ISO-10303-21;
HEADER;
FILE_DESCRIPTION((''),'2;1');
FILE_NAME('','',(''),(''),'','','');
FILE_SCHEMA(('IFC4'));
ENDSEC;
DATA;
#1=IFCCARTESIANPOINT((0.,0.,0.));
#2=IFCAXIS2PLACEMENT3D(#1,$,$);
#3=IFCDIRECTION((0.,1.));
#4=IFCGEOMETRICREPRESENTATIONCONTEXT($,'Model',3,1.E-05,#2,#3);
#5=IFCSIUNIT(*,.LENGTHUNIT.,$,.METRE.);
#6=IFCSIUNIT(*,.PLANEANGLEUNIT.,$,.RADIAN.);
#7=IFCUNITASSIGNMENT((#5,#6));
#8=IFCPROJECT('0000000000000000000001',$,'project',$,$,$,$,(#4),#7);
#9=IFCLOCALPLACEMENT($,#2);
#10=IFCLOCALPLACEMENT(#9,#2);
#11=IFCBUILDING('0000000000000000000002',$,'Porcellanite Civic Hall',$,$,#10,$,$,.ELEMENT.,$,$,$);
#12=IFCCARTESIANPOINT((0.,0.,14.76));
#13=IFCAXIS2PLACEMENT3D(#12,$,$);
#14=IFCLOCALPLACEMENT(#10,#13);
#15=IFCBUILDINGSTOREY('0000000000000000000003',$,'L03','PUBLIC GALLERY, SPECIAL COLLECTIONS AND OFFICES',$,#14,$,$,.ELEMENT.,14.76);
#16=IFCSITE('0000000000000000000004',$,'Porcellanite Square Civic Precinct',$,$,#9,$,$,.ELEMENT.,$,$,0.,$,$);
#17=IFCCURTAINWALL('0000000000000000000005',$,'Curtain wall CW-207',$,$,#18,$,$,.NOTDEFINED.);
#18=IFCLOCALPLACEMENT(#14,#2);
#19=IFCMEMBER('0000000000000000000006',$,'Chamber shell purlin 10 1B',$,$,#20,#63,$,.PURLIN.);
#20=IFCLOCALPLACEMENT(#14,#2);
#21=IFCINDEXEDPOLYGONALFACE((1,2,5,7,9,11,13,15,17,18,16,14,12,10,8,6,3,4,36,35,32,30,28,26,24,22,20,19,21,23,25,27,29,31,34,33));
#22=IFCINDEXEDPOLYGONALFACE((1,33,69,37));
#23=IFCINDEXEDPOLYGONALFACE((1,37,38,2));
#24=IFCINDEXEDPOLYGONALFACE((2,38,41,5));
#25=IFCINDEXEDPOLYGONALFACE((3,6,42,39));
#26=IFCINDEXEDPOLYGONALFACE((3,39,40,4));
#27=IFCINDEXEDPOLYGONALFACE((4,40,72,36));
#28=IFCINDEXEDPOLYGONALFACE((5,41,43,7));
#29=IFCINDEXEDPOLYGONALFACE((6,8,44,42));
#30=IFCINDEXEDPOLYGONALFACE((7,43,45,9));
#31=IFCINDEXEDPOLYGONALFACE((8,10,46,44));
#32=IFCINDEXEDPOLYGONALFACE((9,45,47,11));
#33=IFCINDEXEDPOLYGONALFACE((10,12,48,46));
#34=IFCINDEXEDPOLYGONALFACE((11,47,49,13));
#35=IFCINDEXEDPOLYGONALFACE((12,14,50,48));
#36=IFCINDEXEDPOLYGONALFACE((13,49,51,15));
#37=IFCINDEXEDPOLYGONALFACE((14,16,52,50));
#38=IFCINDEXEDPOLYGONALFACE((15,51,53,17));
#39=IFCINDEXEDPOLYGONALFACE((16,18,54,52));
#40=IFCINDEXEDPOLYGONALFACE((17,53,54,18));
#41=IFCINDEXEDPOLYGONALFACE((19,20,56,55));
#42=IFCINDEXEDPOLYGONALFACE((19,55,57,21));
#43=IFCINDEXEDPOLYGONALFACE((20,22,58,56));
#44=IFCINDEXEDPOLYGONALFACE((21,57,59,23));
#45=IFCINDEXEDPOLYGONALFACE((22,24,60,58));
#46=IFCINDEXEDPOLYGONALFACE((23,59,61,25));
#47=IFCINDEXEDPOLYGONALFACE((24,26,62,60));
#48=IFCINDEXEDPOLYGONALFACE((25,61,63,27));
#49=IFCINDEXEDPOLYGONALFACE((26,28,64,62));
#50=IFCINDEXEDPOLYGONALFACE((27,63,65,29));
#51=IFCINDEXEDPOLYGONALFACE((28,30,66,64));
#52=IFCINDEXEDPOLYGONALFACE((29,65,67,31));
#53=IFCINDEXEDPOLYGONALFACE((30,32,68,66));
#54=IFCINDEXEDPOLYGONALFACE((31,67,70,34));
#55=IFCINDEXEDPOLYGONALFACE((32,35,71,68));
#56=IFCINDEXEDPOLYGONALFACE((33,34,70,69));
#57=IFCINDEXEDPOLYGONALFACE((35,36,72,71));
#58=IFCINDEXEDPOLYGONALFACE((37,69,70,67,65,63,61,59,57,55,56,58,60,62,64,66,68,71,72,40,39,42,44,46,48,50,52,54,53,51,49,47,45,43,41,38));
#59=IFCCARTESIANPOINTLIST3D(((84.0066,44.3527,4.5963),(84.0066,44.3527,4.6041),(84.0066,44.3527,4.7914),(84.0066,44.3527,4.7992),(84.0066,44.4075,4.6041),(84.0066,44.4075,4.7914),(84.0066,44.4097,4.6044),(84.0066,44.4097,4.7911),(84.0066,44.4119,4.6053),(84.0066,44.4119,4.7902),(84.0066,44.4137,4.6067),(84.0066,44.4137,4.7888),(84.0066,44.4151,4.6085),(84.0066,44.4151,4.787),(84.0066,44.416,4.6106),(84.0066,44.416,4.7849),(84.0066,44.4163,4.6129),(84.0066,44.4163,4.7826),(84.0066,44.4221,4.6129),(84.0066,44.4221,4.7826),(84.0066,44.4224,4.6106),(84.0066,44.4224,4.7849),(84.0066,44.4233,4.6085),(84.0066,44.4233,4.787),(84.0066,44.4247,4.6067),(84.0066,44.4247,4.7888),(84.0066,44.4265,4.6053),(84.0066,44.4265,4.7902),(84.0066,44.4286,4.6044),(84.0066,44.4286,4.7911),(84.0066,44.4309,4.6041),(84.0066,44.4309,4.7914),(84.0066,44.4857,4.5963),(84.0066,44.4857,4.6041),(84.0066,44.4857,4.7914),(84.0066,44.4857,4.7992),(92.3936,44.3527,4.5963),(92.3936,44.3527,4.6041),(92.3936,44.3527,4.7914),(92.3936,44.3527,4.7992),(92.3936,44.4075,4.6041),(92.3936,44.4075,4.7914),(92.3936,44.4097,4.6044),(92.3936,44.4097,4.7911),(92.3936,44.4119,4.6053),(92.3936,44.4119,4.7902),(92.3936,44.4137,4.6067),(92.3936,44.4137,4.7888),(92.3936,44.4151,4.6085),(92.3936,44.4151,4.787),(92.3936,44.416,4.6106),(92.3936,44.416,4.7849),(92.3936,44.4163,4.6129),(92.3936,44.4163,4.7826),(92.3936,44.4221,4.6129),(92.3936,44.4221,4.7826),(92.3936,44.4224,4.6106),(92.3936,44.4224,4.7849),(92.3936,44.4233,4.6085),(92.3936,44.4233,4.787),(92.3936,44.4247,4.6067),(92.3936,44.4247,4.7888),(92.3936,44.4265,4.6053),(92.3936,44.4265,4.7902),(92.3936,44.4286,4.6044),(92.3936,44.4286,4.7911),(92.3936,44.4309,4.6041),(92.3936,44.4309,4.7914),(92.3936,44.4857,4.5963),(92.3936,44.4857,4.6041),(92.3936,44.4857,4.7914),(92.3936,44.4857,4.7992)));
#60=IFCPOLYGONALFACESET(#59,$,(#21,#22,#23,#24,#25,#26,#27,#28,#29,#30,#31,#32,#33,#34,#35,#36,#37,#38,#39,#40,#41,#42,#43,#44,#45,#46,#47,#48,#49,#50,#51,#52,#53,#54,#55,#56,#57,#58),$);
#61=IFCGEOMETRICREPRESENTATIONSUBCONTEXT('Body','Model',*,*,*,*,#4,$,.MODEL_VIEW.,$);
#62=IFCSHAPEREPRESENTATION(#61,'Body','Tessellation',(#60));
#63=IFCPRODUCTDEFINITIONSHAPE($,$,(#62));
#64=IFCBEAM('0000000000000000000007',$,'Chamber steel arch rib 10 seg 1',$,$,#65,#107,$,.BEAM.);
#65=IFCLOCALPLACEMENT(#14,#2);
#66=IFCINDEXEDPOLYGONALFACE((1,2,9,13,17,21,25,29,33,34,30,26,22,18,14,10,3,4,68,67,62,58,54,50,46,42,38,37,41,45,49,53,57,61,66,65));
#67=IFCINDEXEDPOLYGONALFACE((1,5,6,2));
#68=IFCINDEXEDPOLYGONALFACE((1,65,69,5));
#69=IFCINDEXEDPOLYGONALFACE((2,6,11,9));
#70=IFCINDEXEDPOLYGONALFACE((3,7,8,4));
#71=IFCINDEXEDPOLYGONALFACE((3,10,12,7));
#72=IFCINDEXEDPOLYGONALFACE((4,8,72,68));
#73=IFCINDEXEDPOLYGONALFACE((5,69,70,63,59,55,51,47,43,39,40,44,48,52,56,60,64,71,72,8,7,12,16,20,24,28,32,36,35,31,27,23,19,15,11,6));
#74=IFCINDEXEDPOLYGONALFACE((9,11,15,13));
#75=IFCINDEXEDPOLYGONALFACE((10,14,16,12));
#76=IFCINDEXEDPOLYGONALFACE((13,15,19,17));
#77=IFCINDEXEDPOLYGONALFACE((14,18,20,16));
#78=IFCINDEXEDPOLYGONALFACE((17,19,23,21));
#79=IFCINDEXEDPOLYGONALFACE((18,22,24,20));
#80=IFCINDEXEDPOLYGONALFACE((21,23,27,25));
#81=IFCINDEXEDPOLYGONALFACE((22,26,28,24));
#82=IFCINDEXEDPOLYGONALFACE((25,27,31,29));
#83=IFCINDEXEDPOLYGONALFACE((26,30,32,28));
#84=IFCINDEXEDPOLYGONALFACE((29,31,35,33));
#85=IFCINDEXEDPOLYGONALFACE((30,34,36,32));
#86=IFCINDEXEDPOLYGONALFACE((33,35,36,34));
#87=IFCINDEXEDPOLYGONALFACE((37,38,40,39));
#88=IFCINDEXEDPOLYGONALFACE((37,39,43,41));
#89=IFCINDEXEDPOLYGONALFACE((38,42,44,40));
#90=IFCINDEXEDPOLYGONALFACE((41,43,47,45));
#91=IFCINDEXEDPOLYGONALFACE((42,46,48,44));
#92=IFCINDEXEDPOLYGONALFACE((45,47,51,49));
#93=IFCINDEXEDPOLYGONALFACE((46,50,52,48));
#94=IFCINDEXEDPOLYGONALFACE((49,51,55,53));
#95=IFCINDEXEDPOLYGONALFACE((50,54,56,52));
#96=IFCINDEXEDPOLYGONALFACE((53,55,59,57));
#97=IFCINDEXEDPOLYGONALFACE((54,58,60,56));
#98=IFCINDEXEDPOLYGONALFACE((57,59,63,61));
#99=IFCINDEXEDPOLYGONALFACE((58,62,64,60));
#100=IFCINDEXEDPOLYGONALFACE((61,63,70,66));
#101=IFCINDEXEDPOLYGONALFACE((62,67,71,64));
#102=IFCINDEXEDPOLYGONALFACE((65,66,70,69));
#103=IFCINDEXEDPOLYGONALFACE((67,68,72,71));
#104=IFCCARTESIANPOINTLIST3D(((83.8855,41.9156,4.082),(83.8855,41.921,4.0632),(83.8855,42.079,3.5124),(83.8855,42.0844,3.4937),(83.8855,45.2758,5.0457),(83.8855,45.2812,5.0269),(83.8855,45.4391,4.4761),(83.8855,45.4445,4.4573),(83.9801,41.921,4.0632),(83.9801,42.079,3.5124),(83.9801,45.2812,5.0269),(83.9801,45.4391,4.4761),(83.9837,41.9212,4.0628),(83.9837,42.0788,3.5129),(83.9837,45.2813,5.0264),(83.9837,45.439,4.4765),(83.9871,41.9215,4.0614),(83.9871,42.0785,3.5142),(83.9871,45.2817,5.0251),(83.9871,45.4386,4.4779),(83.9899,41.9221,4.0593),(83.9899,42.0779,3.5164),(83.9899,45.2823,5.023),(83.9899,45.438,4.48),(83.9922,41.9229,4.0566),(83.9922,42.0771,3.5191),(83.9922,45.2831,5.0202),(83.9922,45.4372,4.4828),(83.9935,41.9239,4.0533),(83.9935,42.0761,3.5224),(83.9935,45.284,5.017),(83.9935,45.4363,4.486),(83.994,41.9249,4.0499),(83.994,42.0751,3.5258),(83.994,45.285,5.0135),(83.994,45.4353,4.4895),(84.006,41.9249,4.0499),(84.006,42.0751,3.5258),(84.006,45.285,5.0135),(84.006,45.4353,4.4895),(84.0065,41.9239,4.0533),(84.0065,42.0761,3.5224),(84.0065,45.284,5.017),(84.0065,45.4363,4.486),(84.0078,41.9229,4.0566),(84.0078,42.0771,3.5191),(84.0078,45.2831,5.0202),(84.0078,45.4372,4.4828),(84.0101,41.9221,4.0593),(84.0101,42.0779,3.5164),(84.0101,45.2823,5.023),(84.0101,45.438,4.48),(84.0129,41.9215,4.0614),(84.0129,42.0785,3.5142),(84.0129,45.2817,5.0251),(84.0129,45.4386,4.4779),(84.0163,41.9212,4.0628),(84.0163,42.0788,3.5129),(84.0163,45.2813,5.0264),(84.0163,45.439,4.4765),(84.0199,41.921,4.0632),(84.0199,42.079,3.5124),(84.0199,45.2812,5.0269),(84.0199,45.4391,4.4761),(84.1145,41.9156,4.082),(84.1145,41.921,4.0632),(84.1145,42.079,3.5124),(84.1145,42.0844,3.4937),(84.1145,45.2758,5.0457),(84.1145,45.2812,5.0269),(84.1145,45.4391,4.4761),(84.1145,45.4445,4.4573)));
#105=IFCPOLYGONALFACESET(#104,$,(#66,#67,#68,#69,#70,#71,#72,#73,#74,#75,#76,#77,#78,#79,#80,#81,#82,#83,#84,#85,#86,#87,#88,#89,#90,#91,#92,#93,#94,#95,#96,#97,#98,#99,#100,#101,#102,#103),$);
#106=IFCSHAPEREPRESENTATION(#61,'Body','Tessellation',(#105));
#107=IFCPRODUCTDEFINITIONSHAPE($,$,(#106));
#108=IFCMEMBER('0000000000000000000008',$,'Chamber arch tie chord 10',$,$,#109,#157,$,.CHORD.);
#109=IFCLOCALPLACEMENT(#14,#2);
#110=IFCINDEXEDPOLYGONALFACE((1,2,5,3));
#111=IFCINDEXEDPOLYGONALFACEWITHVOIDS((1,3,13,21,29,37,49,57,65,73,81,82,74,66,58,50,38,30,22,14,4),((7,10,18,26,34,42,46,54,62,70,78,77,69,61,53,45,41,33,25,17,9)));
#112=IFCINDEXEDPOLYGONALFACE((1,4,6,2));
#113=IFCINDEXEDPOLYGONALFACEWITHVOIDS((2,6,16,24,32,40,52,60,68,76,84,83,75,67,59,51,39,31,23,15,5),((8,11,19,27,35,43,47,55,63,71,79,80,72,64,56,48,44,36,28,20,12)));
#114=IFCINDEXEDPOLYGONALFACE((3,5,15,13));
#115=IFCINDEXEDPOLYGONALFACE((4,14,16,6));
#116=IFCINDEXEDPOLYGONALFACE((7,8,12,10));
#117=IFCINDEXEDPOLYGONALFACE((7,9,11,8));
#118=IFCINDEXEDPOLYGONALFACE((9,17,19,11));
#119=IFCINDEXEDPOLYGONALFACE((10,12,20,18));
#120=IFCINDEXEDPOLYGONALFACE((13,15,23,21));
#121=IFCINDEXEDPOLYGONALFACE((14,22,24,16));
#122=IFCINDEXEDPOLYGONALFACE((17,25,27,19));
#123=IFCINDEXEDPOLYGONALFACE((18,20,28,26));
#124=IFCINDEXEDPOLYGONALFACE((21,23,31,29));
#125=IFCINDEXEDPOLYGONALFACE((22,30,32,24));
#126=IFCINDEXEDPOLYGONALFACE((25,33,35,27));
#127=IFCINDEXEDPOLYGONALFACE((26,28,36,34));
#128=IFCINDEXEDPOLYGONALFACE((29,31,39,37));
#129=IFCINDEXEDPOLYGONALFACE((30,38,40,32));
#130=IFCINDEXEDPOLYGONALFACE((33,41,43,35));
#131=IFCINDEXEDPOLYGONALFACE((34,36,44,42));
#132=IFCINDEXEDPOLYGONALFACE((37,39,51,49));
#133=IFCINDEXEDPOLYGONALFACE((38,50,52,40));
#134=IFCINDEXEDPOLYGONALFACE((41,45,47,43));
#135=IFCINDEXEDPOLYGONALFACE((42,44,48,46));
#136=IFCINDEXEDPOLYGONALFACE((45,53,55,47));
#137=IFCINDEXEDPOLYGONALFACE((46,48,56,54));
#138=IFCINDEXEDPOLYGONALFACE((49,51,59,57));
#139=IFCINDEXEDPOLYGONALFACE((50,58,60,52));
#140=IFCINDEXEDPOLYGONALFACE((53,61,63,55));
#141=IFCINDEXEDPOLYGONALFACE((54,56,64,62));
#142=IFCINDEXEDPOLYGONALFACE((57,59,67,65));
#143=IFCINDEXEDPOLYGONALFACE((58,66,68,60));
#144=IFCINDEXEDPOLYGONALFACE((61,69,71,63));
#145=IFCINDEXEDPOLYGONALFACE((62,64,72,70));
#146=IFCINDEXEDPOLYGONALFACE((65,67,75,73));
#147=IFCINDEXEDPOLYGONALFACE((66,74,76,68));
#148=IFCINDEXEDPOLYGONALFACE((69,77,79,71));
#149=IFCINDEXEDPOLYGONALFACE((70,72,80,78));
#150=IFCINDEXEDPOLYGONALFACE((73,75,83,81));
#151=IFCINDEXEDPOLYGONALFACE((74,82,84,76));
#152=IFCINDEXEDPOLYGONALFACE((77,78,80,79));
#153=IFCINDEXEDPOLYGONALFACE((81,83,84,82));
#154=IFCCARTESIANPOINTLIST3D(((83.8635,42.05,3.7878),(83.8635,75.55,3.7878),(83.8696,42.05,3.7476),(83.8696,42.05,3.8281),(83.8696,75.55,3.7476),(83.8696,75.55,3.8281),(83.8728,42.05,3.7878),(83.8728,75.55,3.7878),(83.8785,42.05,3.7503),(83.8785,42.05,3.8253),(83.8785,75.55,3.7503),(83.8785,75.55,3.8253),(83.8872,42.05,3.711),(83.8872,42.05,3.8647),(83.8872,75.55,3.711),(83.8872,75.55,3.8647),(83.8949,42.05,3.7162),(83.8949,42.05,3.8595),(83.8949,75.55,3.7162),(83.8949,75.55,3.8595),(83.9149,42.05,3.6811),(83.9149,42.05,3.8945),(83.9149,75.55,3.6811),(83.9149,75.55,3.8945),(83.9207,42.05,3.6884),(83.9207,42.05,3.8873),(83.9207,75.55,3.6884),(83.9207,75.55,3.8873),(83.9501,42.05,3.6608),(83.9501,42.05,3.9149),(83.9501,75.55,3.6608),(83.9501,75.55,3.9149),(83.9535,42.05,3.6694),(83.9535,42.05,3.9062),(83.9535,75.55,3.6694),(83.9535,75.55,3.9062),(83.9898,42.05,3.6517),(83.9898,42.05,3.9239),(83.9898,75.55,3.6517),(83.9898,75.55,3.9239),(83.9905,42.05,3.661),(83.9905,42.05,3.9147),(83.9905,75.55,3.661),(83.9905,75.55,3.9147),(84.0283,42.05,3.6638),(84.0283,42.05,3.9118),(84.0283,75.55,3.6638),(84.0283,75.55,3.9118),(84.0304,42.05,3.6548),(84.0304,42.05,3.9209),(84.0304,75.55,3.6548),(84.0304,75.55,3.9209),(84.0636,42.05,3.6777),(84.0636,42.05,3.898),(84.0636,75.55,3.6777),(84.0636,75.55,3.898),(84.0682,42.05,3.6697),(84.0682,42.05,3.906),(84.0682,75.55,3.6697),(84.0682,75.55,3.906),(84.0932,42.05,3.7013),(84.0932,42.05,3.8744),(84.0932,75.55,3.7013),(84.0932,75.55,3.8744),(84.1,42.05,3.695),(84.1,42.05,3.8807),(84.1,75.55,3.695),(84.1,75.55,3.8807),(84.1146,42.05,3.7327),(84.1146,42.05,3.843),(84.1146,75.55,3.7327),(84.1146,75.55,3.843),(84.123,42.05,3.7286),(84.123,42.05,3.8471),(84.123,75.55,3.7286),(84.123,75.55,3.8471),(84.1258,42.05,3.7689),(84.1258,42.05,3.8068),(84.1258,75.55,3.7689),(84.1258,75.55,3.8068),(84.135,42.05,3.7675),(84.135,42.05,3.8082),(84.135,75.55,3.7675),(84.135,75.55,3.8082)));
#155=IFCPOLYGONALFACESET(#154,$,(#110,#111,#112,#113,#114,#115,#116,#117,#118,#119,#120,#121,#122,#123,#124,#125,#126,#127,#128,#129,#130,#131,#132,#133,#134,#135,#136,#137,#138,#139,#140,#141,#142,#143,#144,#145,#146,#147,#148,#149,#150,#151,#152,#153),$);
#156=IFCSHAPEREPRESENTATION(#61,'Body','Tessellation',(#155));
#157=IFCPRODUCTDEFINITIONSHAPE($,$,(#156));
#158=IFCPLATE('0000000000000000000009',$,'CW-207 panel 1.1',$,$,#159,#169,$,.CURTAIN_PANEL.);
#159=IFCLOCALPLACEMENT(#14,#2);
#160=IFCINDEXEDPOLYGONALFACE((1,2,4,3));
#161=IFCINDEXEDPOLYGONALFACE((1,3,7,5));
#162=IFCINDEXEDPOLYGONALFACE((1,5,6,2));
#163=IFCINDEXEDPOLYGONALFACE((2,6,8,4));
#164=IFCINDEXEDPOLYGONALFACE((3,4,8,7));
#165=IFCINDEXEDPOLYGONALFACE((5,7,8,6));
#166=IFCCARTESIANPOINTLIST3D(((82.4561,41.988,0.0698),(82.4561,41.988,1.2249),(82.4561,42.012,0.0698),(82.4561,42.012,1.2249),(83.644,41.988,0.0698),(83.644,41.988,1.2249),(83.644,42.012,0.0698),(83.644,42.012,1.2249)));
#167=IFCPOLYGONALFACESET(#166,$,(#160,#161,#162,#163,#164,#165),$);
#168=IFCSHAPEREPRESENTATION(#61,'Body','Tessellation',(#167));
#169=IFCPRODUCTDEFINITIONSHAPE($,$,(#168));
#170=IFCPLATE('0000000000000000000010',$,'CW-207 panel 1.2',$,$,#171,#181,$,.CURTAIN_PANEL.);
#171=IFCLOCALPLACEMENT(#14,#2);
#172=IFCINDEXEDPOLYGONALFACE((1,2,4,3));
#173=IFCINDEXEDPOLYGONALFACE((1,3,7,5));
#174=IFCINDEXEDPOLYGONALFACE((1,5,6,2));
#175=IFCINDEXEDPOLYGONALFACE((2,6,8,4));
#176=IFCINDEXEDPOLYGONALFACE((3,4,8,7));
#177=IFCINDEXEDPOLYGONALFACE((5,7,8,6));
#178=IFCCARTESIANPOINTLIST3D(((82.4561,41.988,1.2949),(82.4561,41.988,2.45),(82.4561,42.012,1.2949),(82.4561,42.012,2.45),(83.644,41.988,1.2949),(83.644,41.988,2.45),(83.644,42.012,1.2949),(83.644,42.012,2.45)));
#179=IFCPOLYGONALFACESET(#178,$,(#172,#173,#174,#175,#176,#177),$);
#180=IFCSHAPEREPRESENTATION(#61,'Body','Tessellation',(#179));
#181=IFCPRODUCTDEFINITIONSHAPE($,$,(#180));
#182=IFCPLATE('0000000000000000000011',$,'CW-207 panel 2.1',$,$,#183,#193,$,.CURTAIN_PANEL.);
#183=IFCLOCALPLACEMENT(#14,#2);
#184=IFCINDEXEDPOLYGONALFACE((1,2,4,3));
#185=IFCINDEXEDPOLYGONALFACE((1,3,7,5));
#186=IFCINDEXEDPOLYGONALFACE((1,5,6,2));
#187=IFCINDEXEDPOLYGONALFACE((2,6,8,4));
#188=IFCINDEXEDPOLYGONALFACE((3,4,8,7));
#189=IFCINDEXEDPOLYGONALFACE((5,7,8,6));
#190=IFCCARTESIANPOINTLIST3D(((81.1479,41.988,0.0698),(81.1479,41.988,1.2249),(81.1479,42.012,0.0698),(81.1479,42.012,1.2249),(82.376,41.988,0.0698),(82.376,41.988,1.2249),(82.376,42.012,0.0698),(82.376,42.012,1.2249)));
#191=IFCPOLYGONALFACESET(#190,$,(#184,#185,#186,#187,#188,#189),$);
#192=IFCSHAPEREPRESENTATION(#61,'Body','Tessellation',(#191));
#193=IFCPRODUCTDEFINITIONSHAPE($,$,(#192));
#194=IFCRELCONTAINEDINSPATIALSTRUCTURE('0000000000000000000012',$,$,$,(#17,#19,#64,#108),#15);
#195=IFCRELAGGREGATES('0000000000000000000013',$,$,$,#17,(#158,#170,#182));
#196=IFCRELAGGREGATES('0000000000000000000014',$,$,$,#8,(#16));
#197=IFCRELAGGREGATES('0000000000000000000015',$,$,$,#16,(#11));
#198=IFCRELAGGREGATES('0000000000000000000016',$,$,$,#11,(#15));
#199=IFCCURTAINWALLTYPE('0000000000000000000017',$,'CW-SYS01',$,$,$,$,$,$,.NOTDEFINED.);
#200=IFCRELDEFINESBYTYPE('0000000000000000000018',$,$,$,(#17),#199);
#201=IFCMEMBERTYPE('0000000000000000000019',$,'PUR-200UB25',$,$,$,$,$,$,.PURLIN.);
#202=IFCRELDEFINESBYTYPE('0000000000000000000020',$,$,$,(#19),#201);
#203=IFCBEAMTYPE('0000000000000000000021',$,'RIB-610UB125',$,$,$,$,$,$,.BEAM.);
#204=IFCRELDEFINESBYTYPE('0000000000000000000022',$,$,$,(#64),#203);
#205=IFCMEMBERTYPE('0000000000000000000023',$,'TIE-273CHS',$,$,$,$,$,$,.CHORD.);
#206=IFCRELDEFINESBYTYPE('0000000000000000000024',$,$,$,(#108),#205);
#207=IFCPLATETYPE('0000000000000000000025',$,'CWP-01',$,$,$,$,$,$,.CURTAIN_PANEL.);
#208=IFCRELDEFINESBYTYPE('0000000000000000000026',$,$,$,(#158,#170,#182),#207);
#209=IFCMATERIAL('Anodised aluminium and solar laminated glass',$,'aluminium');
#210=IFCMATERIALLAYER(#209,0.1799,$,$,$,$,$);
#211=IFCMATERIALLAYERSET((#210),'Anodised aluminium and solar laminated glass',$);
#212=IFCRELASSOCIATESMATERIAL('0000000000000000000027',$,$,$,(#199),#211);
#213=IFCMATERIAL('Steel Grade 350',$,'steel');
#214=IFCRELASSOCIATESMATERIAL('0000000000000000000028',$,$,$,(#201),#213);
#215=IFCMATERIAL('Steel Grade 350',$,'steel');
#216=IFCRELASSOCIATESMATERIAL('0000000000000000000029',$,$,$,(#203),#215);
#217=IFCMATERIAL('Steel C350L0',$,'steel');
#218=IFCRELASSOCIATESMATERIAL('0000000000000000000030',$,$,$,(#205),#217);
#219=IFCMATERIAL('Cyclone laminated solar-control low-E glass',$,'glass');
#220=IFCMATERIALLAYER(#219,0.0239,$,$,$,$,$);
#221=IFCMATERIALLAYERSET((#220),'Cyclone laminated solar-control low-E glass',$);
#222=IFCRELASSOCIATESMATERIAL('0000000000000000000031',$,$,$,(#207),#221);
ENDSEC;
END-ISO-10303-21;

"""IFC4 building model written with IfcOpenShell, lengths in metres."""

from ifc_helpers import new_model, si_unit, direction, frame, origin, origin_2d, place, context, subcontext, project, spatial, rectangle, hollow_circle, i_section, extrude, material, layer, layer_set, material_profile, profile_set, type_object, element, aggregate, save


model = new_model("IFC4")

# Units and contexts
model_context = context("Model", 3, precision=1e-05, world=origin(), true_north=direction((0.0, 1.0)))
body_context = subcontext(model_context, "Body", "Model", "MODEL_VIEW")
ifc_project = project(units=[si_unit("LENGTHUNIT", "METRE"), si_unit("PLANEANGLEUNIT", "RADIAN")], contexts=[model_context])

# Site, building, storey
site_placement = place(None, origin())
site = spatial("IfcSite", under=ifc_project, at=site_placement, Name="Porcellanite Square Civic Precinct", CompositionType="ELEMENT", RefElevation=0.0)
building_placement = place(site_placement, origin())
building = spatial("IfcBuilding", under=site, at=building_placement, Name="Porcellanite Civic Hall", CompositionType="ELEMENT")
storey_placement = place(building_placement, frame((0.0, 0.0, 14.76)))
storey = spatial("IfcBuildingStorey", under=building, at=storey_placement, Name="L03", Description="PUBLIC GALLERY, SPECIAL COLLECTIONS AND OFFICES", CompositionType="ELEMENT", Elevation=14.76)

# Curtain wall
ifc_material_1 = material(Name="Anodised aluminium and solar laminated glass", Category="aluminium")
ifc_layer_1 = layer(ifc_material_1, 0.1799)
ifc_layer_set_1 = layer_set([ifc_layer_1], Name="Anodised aluminium and solar laminated glass")
curtain_wall_type = type_object("IfcCurtainWallType", Name="CW-SYS01", PredefinedType="NOTDEFINED", material=ifc_layer_set_1)
curtain_wall_placement = place(storey_placement, origin())
curtain_wall = element("IfcCurtainWall", 1, at=curtain_wall_placement, inside=storey, type_object=curtain_wall_type, Name="Curtain wall CW-207", PredefinedType="NOTDEFINED")

# Member
ifc_material_2 = material(Name="Steel Grade 350", Category="steel")
ifc_material_profile_1 = material_profile(ifc_material_2, i_section(OverallWidth=0.1331, OverallDepth=0.2029, WebThickness=0.0059, FlangeThickness=0.0078, FilletRadius=0.0088, at=origin_2d()), Name="200UB25.4")
ifc_profile_set_1 = profile_set([ifc_material_profile_1], Name="Steel Grade 350")
member_type_1 = type_object("IfcMemberType", Name="PUR-200UB25", PredefinedType="PURLIN", material=ifc_profile_set_1)
for number, where, z_axis, x_axis, name in (
    (2, (84.0066, 44.4192, 4.6978), (1.0, 0.0, 0.0), (0.0, 1.0, 0.0), "Chamber shell purlin 10 1B"),
):
    element("IfcMember", number, at=place(storey_placement, frame(where, z_axis=z_axis, x_axis=x_axis)), inside=storey, type_object=member_type_1, Name=name, PredefinedType="PURLIN", context=body_context, shape_type="SweptSolid", body=[
        extrude(i_section(OverallWidth=0.1331, OverallDepth=0.2029, WebThickness=0.0059, FlangeThickness=0.0078, FilletRadius=0.0088, at=origin_2d()), origin(), (0.0, 0.0, 1.0), 8.387),
    ])

# Beam
ifc_material_3 = material(Name="Steel Grade 350", Category="steel")
ifc_material_profile_2 = material_profile(ifc_material_3, i_section(OverallWidth=0.229, OverallDepth=0.6121, WebThickness=0.012, FlangeThickness=0.0195, FilletRadius=0.0139, at=origin_2d()), Name="610UB125")
ifc_profile_set_2 = profile_set([ifc_material_profile_2], Name="Steel Grade 350")
beam_type_1 = type_object("IfcBeamType", Name="RIB-610UB125", PredefinedType="BEAM", material=ifc_profile_set_2)
beam_1_placement = place(storey_placement, frame((84.0, 42.0, 3.7878), z_axis=(0.0, 0.961252, 0.275671), x_axis=(-1.0, 0.0, 0.0)))
element("IfcBeam", 3, at=beam_1_placement, inside=storey, type_object=beam_type_1, Name="Chamber steel arch rib 10 seg 1", PredefinedType="BEAM", context=body_context, shape_type="SweptSolid", body=[
    extrude(i_section(OverallWidth=0.229, OverallDepth=0.6121, WebThickness=0.012, FlangeThickness=0.0195, FilletRadius=0.0139, at=origin_2d()), origin(), (0.0, 0.0, 1.0), 3.4956),
])

# Member
ifc_material_4 = material(Name="Steel C350L0", Category="steel")
ifc_material_profile_3 = material_profile(ifc_material_4, hollow_circle(Radius=0.1365, WallThickness=0.0093, at=origin_2d()), Name="273.1x9.3CHS")
ifc_profile_set_3 = profile_set([ifc_material_profile_3], Name="Steel C350L0")
member_type_2 = type_object("IfcMemberType", Name="TIE-273CHS", PredefinedType="CHORD", material=ifc_profile_set_3)
member_1_placement = place(storey_placement, frame((84.0, 42.05, 3.7878), z_axis=(0.0, 1.0, 0.0), x_axis=(-1.0, 0.0, 0.0)))
element("IfcMember", 4, at=member_1_placement, inside=storey, type_object=member_type_2, Name="Chamber arch tie chord 10", PredefinedType="CHORD", context=body_context, shape_type="SweptSolid", body=[
    extrude(hollow_circle(Radius=0.1365, WallThickness=0.0093, at=origin_2d()), origin(), (0.0, 0.0, 1.0), 33.5),
])

# Plates
ifc_material_5 = material(Name="Cyclone laminated solar-control low-E glass", Category="glass")
ifc_layer_2 = layer(ifc_material_5, 0.0239)
ifc_layer_set_2 = layer_set([ifc_layer_2], Name="Cyclone laminated solar-control low-E glass")
plate_type = type_object("IfcPlateType", Name="CWP-01", PredefinedType="CURTAIN_PANEL", material=ifc_layer_set_2)
plate_1_placement = place(storey_placement, frame((83.05, 42.0, 0.0698), z_axis=(0.0, 0.0, 1.0), x_axis=(-1.0, 0.0, 0.0)))
plate_1 = element("IfcPlate", 5, at=plate_1_placement, type_object=plate_type, Name="CW-207 panel 1.1", PredefinedType="CURTAIN_PANEL", context=body_context, shape_type="SweptSolid", body=[
    extrude(rectangle(XDim=1.188, YDim=0.0239, at=origin_2d()), origin(), (0.0, 0.0, 1.0), 1.155),
])
plate_2_placement = place(storey_placement, frame((83.05, 42.0, 1.2949), z_axis=(0.0, 0.0, 1.0), x_axis=(-1.0, 0.0, 0.0)))
plate_2 = element("IfcPlate", 6, at=plate_2_placement, type_object=plate_type, Name="CW-207 panel 1.2", PredefinedType="CURTAIN_PANEL", context=body_context, shape_type="SweptSolid", body=[
    extrude(rectangle(XDim=1.188, YDim=0.0239, at=origin_2d()), origin(), (0.0, 0.0, 1.0), 1.155),
])
plate_3_placement = place(storey_placement, frame((81.762, 42.0, 0.0698), z_axis=(0.0, 0.0, 1.0), x_axis=(-1.0, 0.0, 0.0)))
plate_3 = element("IfcPlate", 7, at=plate_3_placement, type_object=plate_type, Name="CW-207 panel 2.1", PredefinedType="CURTAIN_PANEL", context=body_context, shape_type="SweptSolid", body=[
    extrude(rectangle(XDim=1.228, YDim=0.0239, at=origin_2d()), origin(), (0.0, 0.0, 1.0), 1.155),
])
aggregate(curtain_wall, [plate_1, plate_2, plate_3])

save(model, "model.ifc")
